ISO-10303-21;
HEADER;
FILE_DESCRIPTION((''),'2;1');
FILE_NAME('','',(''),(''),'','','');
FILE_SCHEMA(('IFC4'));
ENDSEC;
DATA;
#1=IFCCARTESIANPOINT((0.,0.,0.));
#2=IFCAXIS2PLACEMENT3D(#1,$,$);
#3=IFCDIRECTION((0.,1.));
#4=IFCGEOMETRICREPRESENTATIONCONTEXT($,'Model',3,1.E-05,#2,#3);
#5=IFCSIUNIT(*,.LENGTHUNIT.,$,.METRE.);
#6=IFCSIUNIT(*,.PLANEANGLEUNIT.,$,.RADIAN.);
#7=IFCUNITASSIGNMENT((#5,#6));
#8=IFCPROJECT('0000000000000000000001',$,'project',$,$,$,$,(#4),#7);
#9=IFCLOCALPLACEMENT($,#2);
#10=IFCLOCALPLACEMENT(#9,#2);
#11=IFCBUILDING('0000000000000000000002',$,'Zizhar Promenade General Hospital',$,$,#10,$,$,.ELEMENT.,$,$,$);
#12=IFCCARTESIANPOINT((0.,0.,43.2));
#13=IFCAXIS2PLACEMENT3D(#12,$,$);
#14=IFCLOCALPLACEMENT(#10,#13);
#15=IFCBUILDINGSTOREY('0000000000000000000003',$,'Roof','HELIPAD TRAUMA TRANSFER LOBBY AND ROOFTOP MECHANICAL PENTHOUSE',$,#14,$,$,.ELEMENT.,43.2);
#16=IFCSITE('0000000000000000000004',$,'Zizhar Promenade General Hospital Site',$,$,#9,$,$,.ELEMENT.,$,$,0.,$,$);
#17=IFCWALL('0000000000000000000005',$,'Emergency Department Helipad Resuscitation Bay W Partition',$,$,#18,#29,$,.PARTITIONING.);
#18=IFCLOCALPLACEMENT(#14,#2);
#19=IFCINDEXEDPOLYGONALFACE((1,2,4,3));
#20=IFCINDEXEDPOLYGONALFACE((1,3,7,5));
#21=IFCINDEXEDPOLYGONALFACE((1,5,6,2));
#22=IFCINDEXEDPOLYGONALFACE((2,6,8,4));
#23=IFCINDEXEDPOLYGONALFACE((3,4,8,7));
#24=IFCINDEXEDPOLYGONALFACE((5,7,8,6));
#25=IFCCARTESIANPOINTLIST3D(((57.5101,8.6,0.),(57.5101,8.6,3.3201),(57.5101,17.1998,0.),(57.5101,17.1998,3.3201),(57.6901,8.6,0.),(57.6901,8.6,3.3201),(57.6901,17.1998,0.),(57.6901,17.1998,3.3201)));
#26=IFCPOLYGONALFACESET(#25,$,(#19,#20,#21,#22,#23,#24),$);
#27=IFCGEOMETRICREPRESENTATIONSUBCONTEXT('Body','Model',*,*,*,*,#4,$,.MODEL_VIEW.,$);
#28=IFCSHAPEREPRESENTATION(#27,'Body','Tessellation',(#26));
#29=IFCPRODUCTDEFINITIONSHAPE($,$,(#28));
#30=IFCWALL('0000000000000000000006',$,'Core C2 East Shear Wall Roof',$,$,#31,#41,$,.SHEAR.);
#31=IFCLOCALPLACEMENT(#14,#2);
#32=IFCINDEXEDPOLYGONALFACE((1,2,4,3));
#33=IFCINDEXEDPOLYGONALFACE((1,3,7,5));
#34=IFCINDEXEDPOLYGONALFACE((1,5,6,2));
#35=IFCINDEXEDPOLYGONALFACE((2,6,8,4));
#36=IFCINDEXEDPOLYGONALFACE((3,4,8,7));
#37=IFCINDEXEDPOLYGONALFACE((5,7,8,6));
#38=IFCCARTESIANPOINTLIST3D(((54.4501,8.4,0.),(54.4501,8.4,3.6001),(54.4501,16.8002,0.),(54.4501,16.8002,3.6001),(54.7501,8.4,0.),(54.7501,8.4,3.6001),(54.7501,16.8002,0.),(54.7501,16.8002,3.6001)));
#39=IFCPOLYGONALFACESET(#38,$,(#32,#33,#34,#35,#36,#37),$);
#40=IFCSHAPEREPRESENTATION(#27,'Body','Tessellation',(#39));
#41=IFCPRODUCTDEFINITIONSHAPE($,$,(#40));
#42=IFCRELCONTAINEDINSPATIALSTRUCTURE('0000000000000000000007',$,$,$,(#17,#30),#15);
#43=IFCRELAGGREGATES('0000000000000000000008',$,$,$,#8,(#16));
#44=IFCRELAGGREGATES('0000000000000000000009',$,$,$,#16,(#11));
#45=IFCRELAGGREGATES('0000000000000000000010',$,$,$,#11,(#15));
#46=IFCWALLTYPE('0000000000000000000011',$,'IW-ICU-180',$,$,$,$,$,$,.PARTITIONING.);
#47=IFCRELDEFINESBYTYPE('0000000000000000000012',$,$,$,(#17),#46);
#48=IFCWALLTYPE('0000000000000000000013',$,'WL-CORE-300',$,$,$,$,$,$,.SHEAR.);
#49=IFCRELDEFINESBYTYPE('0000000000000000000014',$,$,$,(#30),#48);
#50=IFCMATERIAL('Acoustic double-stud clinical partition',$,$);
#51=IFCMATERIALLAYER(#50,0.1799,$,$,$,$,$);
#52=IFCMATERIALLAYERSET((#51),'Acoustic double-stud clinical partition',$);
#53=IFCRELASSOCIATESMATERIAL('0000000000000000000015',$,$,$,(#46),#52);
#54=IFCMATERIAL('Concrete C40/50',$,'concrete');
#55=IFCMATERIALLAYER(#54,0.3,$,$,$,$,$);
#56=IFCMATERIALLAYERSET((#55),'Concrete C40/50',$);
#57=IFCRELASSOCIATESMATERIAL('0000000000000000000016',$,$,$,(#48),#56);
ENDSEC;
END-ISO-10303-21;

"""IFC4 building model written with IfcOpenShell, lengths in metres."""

from ifc_helpers import new_model, si_unit, direction, frame, frame_2d, origin, place, context, subcontext, project, spatial, rectangle, extrude, material, layer, layer_set, type_object, element, save


model = new_model("IFC4")

# Units and contexts
model_context = context("Model", 3, precision=1e-05, world=origin(), true_north=direction((0.0, 1.0)))
body_context = subcontext(model_context, "Body", "Model", "MODEL_VIEW")
ifc_project = project(units=[si_unit("LENGTHUNIT", "METRE"), si_unit("PLANEANGLEUNIT", "RADIAN")], contexts=[model_context])

# Site, building, storey
site_placement = place(None, origin())
site = spatial("IfcSite", under=ifc_project, at=site_placement, Name="Zizhar Promenade General Hospital Site", CompositionType="ELEMENT", RefElevation=0.0)
building_placement = place(site_placement, origin())
building = spatial("IfcBuilding", under=site, at=building_placement, Name="Zizhar Promenade General Hospital", CompositionType="ELEMENT")
storey_placement = place(building_placement, frame((0.0, 0.0, 43.2)))
storey = spatial("IfcBuildingStorey", under=building, at=storey_placement, Name="Roof", Description="HELIPAD TRAUMA TRANSFER LOBBY AND ROOFTOP MECHANICAL PENTHOUSE", CompositionType="ELEMENT", Elevation=43.2)

# Shared definitions
ifc_material_1 = material(Name="Acoustic double-stud clinical partition")
ifc_layer_1 = layer(ifc_material_1, 0.1799)
ifc_layer_set_1 = layer_set([ifc_layer_1], Name="Acoustic double-stud clinical partition")
wall_type_1 = type_object("IfcWallType", Name="IW-ICU-180", PredefinedType="PARTITIONING", material=ifc_layer_set_1)

# Walls
wall_1_placement = place(storey_placement, frame((57.6001, 8.6001, 0.0), z_axis=(0.0, 0.0, 1.0), x_axis=(0.0, 1.0, 0.0)))
element("IfcWall", 1, at=wall_1_placement, inside=storey, type_object=wall_type_1, Name="Emergency Department Helipad Resuscitation Bay W Partition", PredefinedType="PARTITIONING", context=body_context, shape_type="SweptSolid", body=[
    extrude(rectangle(XDim=8.5999, YDim=0.1799, at=frame_2d((4.2998, 0.0))), origin(), (0.0, 0.0, 1.0), 3.3201),
])
ifc_material_2 = material(Name="Concrete C40/50", Category="concrete")
ifc_layer_2 = layer(ifc_material_2, 0.3)
ifc_layer_set_2 = layer_set([ifc_layer_2], Name="Concrete C40/50")
wall_type_2 = type_object("IfcWallType", Name="WL-CORE-300", PredefinedType="SHEAR", material=ifc_layer_set_2)
wall_2_placement = place(storey_placement, frame((54.6001, 8.3999, 0.0), z_axis=(0.0, 0.0, 1.0), x_axis=(0.0, 1.0, 0.0)))
element("IfcWall", 2, at=wall_2_placement, inside=storey, type_object=wall_type_2, Name="Core C2 East Shear Wall Roof", PredefinedType="SHEAR", context=body_context, shape_type="SweptSolid", body=[
    extrude(rectangle(XDim=8.4001, YDim=0.3, at=frame_2d((4.2002, 0.0))), origin(), (0.0, 0.0, 1.0), 3.6001),
])

save(model, "model.ifc")
